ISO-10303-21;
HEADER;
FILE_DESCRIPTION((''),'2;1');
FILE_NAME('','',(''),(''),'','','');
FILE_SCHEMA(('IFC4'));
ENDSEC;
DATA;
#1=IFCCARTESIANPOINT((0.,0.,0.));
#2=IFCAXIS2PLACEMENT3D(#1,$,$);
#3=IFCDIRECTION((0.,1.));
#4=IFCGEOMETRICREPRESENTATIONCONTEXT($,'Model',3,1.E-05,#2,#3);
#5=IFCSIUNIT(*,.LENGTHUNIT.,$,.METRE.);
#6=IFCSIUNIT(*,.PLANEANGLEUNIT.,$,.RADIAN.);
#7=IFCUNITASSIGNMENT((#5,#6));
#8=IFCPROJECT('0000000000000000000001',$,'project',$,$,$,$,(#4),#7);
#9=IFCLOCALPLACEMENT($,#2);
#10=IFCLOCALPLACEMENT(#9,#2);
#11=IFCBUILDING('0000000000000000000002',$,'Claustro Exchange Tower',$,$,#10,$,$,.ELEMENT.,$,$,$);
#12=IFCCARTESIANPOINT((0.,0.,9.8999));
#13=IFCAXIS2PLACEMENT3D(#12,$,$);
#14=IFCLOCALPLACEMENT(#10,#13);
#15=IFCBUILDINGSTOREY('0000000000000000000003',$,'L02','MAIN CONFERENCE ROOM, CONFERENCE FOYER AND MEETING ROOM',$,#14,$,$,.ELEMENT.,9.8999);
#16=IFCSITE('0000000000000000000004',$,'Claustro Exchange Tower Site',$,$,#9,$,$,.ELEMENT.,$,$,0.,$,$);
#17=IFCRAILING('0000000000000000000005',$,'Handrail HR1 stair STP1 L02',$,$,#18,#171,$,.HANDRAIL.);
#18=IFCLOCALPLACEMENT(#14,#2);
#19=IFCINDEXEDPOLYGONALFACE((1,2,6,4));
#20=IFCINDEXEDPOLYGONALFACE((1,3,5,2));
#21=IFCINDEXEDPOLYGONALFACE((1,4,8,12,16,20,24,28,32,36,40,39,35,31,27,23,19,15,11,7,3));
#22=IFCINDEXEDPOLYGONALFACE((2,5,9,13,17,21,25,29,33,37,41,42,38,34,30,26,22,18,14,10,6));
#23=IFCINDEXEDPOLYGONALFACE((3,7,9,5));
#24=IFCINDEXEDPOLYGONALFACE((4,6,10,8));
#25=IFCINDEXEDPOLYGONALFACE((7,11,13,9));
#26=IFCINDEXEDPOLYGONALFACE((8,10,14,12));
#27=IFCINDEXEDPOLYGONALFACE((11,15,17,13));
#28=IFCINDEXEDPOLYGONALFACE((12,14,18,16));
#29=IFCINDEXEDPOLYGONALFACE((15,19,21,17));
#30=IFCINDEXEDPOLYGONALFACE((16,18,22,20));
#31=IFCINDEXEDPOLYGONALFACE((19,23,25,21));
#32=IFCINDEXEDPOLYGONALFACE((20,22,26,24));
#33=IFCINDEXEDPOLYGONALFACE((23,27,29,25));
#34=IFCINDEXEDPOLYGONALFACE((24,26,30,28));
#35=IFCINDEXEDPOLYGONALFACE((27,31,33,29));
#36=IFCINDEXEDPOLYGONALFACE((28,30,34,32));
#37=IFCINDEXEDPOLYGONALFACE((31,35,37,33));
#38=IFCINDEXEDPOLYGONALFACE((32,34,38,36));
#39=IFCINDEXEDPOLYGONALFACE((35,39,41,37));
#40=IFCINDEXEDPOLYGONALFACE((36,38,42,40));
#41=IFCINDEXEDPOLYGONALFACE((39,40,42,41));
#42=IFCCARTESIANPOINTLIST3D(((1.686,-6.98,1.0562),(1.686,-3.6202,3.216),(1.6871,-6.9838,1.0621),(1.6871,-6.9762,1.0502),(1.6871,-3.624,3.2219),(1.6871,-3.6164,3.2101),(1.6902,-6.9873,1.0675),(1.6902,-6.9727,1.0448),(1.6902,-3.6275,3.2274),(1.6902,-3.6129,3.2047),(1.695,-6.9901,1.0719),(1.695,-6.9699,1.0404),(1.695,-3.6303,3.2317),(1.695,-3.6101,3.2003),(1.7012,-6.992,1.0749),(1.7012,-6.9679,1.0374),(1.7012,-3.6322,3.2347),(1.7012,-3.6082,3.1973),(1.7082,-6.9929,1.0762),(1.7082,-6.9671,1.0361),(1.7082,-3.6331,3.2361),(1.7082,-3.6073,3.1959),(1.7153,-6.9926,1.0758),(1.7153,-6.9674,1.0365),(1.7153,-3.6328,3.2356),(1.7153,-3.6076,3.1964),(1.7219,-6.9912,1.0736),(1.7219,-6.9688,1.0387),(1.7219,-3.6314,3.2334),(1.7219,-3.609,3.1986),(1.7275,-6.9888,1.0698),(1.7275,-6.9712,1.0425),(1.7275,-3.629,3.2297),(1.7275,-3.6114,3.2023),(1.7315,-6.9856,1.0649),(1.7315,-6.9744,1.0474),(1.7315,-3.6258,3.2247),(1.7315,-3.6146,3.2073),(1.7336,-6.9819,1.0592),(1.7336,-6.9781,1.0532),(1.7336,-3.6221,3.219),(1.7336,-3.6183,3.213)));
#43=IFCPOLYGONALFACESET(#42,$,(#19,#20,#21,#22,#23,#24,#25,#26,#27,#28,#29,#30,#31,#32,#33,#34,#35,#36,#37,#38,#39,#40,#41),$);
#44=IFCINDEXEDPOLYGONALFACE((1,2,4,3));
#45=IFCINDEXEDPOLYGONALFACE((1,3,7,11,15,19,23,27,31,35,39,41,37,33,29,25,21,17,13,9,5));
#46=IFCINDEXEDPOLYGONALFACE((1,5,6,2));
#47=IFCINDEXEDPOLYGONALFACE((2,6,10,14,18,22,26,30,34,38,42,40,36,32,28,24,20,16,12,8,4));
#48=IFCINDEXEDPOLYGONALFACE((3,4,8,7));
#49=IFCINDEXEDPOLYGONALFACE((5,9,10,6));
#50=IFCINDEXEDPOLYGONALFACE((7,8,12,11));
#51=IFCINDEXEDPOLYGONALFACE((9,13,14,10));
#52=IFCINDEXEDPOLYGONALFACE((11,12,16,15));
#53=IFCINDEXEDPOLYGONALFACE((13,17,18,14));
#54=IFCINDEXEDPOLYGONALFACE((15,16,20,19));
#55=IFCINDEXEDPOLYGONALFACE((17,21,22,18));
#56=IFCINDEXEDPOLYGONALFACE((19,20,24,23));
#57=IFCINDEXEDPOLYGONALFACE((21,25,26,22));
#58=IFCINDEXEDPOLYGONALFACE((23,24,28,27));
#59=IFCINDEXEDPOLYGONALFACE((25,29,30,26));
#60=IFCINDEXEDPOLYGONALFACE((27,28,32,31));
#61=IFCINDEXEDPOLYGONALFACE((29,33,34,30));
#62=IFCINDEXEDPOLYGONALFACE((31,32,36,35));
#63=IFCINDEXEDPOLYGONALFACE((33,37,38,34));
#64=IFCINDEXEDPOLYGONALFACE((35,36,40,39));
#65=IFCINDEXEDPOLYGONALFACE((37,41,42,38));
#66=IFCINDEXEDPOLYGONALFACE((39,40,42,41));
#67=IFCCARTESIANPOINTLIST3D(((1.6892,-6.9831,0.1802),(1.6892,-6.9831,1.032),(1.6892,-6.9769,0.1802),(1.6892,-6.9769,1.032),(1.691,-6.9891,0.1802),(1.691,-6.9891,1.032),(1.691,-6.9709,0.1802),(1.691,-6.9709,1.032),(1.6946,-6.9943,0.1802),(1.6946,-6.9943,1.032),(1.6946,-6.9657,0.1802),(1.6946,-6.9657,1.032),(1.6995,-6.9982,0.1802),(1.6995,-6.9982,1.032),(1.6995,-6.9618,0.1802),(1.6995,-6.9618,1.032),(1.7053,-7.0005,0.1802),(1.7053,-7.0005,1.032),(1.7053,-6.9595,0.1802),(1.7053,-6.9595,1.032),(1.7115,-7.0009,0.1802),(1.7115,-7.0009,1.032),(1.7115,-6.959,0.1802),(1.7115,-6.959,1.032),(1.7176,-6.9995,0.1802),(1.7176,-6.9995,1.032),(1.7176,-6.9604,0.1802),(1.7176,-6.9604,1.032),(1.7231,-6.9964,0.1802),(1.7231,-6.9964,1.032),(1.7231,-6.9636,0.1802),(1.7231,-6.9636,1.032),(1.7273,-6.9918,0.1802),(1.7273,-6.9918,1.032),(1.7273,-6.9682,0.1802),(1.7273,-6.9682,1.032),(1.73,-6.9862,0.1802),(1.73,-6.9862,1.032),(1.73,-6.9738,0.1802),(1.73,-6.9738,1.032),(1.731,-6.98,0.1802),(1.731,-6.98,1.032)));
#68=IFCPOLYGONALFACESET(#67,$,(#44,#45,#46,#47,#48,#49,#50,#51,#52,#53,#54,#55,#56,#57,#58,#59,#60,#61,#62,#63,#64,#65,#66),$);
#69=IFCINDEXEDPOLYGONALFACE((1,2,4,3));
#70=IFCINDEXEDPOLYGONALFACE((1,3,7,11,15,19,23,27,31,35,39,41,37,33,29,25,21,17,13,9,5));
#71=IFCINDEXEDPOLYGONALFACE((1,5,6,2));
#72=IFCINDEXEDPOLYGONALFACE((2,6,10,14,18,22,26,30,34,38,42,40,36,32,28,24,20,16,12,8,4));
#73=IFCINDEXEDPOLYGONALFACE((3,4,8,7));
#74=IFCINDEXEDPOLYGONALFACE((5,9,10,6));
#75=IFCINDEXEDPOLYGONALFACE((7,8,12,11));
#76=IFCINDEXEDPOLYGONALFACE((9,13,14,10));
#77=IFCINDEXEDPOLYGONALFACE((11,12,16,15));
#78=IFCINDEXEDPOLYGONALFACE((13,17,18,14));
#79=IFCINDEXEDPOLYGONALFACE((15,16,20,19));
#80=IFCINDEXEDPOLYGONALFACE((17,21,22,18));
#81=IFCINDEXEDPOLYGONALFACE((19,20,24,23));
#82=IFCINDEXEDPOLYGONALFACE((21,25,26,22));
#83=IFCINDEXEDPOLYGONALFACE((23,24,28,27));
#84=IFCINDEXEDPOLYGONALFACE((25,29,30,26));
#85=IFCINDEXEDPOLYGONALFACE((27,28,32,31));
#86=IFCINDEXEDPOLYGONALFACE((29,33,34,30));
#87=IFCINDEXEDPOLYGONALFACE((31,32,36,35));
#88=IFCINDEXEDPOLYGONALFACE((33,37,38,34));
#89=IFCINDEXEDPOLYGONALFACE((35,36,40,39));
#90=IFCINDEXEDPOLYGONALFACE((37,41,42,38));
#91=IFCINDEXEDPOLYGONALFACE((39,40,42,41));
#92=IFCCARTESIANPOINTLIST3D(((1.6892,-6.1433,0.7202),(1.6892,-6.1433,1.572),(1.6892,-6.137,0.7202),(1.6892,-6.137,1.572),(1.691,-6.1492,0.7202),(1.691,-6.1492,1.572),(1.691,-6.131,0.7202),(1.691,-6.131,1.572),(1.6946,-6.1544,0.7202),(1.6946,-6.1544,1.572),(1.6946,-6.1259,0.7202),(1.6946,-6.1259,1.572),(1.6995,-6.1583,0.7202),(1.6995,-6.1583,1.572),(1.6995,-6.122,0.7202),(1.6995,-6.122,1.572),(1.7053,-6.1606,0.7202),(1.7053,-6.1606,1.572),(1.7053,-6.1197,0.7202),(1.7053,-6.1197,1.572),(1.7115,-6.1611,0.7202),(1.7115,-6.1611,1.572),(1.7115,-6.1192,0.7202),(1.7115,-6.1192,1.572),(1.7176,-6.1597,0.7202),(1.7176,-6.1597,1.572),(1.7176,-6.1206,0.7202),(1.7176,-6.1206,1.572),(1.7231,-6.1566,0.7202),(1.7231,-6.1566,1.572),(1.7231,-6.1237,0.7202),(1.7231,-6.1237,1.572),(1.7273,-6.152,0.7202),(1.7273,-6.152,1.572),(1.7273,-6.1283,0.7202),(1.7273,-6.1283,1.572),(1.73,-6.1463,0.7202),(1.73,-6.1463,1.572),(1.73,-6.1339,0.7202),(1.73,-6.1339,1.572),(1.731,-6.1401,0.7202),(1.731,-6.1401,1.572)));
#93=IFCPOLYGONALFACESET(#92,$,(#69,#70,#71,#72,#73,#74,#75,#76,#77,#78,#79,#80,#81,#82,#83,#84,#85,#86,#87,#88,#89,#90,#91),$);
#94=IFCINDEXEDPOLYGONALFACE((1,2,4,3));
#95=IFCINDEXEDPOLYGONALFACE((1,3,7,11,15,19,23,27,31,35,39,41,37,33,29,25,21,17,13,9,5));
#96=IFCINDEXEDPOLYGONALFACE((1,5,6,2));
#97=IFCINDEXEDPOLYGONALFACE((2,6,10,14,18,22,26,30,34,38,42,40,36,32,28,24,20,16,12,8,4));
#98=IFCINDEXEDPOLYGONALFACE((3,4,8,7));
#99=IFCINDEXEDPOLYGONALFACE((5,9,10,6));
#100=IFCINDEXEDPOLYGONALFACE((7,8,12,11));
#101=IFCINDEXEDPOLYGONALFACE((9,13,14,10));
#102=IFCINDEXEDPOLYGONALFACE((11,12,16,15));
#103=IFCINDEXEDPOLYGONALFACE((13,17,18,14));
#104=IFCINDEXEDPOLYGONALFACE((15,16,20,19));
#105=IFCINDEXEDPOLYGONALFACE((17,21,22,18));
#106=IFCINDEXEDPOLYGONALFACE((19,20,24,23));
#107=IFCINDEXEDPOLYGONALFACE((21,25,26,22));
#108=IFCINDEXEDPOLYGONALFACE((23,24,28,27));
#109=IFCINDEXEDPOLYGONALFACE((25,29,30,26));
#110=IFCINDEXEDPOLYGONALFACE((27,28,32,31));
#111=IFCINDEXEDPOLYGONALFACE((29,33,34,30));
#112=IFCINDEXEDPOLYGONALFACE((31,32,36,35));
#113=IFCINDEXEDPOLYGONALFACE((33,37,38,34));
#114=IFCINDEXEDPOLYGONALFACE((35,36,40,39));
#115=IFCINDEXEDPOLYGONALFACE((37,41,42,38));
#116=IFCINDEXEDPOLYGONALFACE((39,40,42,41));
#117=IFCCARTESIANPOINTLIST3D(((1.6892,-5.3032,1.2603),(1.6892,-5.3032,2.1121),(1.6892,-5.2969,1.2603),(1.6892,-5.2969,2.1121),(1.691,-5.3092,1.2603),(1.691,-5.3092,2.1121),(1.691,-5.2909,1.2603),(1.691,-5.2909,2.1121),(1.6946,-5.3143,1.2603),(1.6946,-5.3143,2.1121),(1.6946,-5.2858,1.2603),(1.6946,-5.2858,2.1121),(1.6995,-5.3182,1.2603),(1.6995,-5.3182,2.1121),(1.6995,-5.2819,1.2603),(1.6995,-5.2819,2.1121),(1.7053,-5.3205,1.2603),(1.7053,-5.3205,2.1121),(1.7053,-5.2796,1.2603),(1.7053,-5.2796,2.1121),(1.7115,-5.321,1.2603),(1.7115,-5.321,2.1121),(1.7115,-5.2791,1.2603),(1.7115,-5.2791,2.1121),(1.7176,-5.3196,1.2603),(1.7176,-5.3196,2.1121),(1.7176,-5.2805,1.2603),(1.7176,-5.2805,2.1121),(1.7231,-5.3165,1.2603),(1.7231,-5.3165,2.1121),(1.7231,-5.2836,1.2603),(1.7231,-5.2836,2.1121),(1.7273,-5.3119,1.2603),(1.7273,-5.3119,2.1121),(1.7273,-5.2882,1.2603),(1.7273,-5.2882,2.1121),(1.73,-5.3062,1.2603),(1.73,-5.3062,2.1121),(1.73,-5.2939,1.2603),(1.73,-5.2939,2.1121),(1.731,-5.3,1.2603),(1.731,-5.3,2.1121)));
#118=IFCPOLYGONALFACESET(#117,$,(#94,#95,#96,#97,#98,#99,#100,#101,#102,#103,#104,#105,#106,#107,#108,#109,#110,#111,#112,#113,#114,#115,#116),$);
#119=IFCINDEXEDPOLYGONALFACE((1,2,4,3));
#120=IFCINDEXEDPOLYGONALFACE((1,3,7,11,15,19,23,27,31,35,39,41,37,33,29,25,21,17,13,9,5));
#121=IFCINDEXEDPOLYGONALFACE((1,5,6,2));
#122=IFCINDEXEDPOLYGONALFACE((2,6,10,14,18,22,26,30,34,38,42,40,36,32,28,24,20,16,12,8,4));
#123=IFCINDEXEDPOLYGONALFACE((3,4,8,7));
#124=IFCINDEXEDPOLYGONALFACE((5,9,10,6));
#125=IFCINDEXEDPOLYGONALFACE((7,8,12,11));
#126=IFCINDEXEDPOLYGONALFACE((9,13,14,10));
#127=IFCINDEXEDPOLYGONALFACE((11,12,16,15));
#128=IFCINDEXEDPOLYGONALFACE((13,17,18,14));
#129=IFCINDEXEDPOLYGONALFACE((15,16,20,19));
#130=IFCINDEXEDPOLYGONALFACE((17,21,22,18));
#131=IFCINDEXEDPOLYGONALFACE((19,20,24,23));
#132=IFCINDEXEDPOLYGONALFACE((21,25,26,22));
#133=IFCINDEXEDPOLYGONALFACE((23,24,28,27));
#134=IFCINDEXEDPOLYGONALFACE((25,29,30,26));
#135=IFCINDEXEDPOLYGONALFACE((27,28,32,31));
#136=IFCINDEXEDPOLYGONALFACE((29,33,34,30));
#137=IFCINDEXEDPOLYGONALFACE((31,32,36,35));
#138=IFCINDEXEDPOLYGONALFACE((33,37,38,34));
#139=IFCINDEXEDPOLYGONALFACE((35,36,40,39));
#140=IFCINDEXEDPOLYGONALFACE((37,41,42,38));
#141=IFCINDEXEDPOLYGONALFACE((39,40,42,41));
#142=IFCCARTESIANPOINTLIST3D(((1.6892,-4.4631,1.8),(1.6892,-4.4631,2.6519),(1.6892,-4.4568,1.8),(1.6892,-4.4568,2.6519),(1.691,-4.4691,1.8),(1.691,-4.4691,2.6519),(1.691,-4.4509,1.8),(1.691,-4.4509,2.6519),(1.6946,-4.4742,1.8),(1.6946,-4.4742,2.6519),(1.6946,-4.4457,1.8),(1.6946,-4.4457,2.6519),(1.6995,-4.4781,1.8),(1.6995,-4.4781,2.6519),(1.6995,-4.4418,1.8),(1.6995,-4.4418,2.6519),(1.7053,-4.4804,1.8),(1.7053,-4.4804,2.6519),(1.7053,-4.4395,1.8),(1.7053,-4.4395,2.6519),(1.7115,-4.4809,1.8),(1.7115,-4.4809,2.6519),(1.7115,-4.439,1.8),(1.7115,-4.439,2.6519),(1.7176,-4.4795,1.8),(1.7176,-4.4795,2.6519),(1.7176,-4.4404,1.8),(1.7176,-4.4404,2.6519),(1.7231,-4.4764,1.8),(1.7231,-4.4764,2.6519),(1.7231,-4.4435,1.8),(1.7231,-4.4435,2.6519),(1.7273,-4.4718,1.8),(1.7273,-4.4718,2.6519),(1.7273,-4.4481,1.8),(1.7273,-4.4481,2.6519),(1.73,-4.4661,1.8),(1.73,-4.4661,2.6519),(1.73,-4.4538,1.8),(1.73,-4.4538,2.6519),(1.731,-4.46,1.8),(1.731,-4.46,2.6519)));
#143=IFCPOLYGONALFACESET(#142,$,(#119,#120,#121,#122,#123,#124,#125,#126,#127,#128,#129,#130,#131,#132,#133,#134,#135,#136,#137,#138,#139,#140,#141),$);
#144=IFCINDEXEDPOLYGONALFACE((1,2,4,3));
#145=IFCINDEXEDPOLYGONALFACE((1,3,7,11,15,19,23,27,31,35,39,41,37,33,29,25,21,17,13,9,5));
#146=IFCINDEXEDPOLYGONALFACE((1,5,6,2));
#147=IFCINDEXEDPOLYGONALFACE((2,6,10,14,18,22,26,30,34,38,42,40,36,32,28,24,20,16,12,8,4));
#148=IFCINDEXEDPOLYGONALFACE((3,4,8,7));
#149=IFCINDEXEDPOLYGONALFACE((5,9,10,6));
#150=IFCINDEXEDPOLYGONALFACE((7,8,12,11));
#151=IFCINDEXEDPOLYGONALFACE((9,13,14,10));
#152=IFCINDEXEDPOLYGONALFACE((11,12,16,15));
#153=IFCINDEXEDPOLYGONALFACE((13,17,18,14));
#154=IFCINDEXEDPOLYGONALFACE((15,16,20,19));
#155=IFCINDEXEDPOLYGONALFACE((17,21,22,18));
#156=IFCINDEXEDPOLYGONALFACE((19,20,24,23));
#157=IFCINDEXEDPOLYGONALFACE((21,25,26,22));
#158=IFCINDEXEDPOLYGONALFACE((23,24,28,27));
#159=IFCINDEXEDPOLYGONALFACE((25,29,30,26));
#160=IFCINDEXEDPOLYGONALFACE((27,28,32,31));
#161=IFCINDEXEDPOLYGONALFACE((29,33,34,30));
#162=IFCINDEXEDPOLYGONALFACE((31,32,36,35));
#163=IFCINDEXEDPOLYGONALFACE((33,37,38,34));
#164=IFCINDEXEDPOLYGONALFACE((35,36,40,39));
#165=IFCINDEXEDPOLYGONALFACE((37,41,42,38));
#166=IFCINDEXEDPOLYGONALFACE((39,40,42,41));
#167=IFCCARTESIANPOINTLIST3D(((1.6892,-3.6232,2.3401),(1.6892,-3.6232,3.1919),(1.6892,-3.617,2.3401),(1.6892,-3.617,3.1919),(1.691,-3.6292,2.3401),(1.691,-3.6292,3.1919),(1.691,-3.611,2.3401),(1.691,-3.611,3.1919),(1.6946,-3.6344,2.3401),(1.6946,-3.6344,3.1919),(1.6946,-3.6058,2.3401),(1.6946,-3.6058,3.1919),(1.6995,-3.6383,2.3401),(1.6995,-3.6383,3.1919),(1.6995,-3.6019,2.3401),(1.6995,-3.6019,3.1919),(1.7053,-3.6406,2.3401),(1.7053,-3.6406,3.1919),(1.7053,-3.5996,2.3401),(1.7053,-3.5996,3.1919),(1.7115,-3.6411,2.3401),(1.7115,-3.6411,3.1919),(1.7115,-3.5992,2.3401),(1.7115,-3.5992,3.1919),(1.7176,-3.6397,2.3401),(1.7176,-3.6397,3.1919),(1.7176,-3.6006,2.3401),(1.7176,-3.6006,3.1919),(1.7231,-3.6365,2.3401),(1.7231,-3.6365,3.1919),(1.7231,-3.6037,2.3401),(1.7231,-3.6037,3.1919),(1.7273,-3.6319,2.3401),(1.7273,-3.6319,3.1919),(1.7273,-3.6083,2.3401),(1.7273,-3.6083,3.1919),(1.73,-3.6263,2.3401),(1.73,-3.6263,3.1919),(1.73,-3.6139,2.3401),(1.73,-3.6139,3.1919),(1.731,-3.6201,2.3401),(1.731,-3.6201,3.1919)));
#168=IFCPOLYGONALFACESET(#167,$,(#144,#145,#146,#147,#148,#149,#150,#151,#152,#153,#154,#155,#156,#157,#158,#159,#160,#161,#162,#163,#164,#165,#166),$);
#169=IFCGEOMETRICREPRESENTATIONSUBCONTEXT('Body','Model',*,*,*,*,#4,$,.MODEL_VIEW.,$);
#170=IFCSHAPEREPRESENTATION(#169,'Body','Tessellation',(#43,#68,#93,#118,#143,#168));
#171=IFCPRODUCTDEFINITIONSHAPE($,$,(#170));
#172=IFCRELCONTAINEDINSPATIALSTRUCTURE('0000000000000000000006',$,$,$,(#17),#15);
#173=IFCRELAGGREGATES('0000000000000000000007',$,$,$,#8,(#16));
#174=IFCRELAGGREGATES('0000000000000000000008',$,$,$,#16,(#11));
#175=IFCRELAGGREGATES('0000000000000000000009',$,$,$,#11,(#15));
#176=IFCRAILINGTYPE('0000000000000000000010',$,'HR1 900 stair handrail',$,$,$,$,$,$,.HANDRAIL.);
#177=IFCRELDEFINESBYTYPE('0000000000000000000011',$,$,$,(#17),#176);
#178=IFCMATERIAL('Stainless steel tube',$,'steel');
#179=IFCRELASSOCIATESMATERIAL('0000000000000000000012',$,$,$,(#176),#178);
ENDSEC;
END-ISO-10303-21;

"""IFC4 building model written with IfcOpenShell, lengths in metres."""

from ifc_helpers import new_model, si_unit, direction, frame, origin, origin_2d, place, context, subcontext, project, spatial, circle, extrude, material, type_object, element, save


model = new_model("IFC4")

# Units and contexts
model_context = context("Model", 3, precision=1e-05, world=origin(), true_north=direction((0.0, 1.0)))
body_context = subcontext(model_context, "Body", "Model", "MODEL_VIEW")
ifc_project = project(units=[si_unit("LENGTHUNIT", "METRE"), si_unit("PLANEANGLEUNIT", "RADIAN")], contexts=[model_context])

# Site, building, storey
site_placement = place(None, origin())
site = spatial("IfcSite", under=ifc_project, at=site_placement, Name="Claustro Exchange Tower Site", CompositionType="ELEMENT", RefElevation=0.0)
building_placement = place(site_placement, origin())
building = spatial("IfcBuilding", under=site, at=building_placement, Name="Claustro Exchange Tower", CompositionType="ELEMENT")
storey_placement = place(building_placement, frame((0.0, 0.0, 9.8999)))
storey = spatial("IfcBuildingStorey", under=building, at=storey_placement, Name="L02", Description="MAIN CONFERENCE ROOM, CONFERENCE FOYER AND MEETING ROOM", CompositionType="ELEMENT", Elevation=9.8999)

# Railing
ifc_material_1 = material(Name="Stainless steel tube", Category="steel")
railing_type_1 = type_object("IfcRailingType", Name="HR1 900 stair handrail", PredefinedType="HANDRAIL", material=ifc_material_1)
railing_1_placement = place(storey_placement, frame((1.71, -6.98, 0.1802)))
element("IfcRailing", 1, at=railing_1_placement, inside=storey, type_object=railing_type_1, Name="Handrail HR1 stair STP1 L02", PredefinedType="HANDRAIL", context=body_context, shape_type="SweptSolid", body=[
    extrude(circle(Radius=0.0239, at=origin_2d()), frame((0.0, 0.0, 0.876), z_axis=(0.0, 0.841178, 0.540758), x_axis=(-1.0, 0.0, 0.0)), (0.0, 0.0, 1.0), 3.9941),
    extrude(circle(Radius=0.021, at=origin_2d()), origin(), (0.0, 0.0, 1.0), 0.8518),
    extrude(circle(Radius=0.021, at=origin_2d()), frame((0.0, 0.8398, 0.54)), (0.0, 0.0, 1.0), 0.8518),
    extrude(circle(Radius=0.021, at=origin_2d()), frame((0.0, 1.6799, 1.0801)), (0.0, 0.0, 1.0), 0.8518),
    extrude(circle(Radius=0.021, at=origin_2d()), frame((0.0, 2.52, 1.6199)), (0.0, 0.0, 1.0), 0.8518),
    extrude(circle(Radius=0.021, at=origin_2d()), frame((0.0, 3.3599, 2.1599)), (0.0, 0.0, 1.0), 0.8518),
])

save(model, "model.ifc")
